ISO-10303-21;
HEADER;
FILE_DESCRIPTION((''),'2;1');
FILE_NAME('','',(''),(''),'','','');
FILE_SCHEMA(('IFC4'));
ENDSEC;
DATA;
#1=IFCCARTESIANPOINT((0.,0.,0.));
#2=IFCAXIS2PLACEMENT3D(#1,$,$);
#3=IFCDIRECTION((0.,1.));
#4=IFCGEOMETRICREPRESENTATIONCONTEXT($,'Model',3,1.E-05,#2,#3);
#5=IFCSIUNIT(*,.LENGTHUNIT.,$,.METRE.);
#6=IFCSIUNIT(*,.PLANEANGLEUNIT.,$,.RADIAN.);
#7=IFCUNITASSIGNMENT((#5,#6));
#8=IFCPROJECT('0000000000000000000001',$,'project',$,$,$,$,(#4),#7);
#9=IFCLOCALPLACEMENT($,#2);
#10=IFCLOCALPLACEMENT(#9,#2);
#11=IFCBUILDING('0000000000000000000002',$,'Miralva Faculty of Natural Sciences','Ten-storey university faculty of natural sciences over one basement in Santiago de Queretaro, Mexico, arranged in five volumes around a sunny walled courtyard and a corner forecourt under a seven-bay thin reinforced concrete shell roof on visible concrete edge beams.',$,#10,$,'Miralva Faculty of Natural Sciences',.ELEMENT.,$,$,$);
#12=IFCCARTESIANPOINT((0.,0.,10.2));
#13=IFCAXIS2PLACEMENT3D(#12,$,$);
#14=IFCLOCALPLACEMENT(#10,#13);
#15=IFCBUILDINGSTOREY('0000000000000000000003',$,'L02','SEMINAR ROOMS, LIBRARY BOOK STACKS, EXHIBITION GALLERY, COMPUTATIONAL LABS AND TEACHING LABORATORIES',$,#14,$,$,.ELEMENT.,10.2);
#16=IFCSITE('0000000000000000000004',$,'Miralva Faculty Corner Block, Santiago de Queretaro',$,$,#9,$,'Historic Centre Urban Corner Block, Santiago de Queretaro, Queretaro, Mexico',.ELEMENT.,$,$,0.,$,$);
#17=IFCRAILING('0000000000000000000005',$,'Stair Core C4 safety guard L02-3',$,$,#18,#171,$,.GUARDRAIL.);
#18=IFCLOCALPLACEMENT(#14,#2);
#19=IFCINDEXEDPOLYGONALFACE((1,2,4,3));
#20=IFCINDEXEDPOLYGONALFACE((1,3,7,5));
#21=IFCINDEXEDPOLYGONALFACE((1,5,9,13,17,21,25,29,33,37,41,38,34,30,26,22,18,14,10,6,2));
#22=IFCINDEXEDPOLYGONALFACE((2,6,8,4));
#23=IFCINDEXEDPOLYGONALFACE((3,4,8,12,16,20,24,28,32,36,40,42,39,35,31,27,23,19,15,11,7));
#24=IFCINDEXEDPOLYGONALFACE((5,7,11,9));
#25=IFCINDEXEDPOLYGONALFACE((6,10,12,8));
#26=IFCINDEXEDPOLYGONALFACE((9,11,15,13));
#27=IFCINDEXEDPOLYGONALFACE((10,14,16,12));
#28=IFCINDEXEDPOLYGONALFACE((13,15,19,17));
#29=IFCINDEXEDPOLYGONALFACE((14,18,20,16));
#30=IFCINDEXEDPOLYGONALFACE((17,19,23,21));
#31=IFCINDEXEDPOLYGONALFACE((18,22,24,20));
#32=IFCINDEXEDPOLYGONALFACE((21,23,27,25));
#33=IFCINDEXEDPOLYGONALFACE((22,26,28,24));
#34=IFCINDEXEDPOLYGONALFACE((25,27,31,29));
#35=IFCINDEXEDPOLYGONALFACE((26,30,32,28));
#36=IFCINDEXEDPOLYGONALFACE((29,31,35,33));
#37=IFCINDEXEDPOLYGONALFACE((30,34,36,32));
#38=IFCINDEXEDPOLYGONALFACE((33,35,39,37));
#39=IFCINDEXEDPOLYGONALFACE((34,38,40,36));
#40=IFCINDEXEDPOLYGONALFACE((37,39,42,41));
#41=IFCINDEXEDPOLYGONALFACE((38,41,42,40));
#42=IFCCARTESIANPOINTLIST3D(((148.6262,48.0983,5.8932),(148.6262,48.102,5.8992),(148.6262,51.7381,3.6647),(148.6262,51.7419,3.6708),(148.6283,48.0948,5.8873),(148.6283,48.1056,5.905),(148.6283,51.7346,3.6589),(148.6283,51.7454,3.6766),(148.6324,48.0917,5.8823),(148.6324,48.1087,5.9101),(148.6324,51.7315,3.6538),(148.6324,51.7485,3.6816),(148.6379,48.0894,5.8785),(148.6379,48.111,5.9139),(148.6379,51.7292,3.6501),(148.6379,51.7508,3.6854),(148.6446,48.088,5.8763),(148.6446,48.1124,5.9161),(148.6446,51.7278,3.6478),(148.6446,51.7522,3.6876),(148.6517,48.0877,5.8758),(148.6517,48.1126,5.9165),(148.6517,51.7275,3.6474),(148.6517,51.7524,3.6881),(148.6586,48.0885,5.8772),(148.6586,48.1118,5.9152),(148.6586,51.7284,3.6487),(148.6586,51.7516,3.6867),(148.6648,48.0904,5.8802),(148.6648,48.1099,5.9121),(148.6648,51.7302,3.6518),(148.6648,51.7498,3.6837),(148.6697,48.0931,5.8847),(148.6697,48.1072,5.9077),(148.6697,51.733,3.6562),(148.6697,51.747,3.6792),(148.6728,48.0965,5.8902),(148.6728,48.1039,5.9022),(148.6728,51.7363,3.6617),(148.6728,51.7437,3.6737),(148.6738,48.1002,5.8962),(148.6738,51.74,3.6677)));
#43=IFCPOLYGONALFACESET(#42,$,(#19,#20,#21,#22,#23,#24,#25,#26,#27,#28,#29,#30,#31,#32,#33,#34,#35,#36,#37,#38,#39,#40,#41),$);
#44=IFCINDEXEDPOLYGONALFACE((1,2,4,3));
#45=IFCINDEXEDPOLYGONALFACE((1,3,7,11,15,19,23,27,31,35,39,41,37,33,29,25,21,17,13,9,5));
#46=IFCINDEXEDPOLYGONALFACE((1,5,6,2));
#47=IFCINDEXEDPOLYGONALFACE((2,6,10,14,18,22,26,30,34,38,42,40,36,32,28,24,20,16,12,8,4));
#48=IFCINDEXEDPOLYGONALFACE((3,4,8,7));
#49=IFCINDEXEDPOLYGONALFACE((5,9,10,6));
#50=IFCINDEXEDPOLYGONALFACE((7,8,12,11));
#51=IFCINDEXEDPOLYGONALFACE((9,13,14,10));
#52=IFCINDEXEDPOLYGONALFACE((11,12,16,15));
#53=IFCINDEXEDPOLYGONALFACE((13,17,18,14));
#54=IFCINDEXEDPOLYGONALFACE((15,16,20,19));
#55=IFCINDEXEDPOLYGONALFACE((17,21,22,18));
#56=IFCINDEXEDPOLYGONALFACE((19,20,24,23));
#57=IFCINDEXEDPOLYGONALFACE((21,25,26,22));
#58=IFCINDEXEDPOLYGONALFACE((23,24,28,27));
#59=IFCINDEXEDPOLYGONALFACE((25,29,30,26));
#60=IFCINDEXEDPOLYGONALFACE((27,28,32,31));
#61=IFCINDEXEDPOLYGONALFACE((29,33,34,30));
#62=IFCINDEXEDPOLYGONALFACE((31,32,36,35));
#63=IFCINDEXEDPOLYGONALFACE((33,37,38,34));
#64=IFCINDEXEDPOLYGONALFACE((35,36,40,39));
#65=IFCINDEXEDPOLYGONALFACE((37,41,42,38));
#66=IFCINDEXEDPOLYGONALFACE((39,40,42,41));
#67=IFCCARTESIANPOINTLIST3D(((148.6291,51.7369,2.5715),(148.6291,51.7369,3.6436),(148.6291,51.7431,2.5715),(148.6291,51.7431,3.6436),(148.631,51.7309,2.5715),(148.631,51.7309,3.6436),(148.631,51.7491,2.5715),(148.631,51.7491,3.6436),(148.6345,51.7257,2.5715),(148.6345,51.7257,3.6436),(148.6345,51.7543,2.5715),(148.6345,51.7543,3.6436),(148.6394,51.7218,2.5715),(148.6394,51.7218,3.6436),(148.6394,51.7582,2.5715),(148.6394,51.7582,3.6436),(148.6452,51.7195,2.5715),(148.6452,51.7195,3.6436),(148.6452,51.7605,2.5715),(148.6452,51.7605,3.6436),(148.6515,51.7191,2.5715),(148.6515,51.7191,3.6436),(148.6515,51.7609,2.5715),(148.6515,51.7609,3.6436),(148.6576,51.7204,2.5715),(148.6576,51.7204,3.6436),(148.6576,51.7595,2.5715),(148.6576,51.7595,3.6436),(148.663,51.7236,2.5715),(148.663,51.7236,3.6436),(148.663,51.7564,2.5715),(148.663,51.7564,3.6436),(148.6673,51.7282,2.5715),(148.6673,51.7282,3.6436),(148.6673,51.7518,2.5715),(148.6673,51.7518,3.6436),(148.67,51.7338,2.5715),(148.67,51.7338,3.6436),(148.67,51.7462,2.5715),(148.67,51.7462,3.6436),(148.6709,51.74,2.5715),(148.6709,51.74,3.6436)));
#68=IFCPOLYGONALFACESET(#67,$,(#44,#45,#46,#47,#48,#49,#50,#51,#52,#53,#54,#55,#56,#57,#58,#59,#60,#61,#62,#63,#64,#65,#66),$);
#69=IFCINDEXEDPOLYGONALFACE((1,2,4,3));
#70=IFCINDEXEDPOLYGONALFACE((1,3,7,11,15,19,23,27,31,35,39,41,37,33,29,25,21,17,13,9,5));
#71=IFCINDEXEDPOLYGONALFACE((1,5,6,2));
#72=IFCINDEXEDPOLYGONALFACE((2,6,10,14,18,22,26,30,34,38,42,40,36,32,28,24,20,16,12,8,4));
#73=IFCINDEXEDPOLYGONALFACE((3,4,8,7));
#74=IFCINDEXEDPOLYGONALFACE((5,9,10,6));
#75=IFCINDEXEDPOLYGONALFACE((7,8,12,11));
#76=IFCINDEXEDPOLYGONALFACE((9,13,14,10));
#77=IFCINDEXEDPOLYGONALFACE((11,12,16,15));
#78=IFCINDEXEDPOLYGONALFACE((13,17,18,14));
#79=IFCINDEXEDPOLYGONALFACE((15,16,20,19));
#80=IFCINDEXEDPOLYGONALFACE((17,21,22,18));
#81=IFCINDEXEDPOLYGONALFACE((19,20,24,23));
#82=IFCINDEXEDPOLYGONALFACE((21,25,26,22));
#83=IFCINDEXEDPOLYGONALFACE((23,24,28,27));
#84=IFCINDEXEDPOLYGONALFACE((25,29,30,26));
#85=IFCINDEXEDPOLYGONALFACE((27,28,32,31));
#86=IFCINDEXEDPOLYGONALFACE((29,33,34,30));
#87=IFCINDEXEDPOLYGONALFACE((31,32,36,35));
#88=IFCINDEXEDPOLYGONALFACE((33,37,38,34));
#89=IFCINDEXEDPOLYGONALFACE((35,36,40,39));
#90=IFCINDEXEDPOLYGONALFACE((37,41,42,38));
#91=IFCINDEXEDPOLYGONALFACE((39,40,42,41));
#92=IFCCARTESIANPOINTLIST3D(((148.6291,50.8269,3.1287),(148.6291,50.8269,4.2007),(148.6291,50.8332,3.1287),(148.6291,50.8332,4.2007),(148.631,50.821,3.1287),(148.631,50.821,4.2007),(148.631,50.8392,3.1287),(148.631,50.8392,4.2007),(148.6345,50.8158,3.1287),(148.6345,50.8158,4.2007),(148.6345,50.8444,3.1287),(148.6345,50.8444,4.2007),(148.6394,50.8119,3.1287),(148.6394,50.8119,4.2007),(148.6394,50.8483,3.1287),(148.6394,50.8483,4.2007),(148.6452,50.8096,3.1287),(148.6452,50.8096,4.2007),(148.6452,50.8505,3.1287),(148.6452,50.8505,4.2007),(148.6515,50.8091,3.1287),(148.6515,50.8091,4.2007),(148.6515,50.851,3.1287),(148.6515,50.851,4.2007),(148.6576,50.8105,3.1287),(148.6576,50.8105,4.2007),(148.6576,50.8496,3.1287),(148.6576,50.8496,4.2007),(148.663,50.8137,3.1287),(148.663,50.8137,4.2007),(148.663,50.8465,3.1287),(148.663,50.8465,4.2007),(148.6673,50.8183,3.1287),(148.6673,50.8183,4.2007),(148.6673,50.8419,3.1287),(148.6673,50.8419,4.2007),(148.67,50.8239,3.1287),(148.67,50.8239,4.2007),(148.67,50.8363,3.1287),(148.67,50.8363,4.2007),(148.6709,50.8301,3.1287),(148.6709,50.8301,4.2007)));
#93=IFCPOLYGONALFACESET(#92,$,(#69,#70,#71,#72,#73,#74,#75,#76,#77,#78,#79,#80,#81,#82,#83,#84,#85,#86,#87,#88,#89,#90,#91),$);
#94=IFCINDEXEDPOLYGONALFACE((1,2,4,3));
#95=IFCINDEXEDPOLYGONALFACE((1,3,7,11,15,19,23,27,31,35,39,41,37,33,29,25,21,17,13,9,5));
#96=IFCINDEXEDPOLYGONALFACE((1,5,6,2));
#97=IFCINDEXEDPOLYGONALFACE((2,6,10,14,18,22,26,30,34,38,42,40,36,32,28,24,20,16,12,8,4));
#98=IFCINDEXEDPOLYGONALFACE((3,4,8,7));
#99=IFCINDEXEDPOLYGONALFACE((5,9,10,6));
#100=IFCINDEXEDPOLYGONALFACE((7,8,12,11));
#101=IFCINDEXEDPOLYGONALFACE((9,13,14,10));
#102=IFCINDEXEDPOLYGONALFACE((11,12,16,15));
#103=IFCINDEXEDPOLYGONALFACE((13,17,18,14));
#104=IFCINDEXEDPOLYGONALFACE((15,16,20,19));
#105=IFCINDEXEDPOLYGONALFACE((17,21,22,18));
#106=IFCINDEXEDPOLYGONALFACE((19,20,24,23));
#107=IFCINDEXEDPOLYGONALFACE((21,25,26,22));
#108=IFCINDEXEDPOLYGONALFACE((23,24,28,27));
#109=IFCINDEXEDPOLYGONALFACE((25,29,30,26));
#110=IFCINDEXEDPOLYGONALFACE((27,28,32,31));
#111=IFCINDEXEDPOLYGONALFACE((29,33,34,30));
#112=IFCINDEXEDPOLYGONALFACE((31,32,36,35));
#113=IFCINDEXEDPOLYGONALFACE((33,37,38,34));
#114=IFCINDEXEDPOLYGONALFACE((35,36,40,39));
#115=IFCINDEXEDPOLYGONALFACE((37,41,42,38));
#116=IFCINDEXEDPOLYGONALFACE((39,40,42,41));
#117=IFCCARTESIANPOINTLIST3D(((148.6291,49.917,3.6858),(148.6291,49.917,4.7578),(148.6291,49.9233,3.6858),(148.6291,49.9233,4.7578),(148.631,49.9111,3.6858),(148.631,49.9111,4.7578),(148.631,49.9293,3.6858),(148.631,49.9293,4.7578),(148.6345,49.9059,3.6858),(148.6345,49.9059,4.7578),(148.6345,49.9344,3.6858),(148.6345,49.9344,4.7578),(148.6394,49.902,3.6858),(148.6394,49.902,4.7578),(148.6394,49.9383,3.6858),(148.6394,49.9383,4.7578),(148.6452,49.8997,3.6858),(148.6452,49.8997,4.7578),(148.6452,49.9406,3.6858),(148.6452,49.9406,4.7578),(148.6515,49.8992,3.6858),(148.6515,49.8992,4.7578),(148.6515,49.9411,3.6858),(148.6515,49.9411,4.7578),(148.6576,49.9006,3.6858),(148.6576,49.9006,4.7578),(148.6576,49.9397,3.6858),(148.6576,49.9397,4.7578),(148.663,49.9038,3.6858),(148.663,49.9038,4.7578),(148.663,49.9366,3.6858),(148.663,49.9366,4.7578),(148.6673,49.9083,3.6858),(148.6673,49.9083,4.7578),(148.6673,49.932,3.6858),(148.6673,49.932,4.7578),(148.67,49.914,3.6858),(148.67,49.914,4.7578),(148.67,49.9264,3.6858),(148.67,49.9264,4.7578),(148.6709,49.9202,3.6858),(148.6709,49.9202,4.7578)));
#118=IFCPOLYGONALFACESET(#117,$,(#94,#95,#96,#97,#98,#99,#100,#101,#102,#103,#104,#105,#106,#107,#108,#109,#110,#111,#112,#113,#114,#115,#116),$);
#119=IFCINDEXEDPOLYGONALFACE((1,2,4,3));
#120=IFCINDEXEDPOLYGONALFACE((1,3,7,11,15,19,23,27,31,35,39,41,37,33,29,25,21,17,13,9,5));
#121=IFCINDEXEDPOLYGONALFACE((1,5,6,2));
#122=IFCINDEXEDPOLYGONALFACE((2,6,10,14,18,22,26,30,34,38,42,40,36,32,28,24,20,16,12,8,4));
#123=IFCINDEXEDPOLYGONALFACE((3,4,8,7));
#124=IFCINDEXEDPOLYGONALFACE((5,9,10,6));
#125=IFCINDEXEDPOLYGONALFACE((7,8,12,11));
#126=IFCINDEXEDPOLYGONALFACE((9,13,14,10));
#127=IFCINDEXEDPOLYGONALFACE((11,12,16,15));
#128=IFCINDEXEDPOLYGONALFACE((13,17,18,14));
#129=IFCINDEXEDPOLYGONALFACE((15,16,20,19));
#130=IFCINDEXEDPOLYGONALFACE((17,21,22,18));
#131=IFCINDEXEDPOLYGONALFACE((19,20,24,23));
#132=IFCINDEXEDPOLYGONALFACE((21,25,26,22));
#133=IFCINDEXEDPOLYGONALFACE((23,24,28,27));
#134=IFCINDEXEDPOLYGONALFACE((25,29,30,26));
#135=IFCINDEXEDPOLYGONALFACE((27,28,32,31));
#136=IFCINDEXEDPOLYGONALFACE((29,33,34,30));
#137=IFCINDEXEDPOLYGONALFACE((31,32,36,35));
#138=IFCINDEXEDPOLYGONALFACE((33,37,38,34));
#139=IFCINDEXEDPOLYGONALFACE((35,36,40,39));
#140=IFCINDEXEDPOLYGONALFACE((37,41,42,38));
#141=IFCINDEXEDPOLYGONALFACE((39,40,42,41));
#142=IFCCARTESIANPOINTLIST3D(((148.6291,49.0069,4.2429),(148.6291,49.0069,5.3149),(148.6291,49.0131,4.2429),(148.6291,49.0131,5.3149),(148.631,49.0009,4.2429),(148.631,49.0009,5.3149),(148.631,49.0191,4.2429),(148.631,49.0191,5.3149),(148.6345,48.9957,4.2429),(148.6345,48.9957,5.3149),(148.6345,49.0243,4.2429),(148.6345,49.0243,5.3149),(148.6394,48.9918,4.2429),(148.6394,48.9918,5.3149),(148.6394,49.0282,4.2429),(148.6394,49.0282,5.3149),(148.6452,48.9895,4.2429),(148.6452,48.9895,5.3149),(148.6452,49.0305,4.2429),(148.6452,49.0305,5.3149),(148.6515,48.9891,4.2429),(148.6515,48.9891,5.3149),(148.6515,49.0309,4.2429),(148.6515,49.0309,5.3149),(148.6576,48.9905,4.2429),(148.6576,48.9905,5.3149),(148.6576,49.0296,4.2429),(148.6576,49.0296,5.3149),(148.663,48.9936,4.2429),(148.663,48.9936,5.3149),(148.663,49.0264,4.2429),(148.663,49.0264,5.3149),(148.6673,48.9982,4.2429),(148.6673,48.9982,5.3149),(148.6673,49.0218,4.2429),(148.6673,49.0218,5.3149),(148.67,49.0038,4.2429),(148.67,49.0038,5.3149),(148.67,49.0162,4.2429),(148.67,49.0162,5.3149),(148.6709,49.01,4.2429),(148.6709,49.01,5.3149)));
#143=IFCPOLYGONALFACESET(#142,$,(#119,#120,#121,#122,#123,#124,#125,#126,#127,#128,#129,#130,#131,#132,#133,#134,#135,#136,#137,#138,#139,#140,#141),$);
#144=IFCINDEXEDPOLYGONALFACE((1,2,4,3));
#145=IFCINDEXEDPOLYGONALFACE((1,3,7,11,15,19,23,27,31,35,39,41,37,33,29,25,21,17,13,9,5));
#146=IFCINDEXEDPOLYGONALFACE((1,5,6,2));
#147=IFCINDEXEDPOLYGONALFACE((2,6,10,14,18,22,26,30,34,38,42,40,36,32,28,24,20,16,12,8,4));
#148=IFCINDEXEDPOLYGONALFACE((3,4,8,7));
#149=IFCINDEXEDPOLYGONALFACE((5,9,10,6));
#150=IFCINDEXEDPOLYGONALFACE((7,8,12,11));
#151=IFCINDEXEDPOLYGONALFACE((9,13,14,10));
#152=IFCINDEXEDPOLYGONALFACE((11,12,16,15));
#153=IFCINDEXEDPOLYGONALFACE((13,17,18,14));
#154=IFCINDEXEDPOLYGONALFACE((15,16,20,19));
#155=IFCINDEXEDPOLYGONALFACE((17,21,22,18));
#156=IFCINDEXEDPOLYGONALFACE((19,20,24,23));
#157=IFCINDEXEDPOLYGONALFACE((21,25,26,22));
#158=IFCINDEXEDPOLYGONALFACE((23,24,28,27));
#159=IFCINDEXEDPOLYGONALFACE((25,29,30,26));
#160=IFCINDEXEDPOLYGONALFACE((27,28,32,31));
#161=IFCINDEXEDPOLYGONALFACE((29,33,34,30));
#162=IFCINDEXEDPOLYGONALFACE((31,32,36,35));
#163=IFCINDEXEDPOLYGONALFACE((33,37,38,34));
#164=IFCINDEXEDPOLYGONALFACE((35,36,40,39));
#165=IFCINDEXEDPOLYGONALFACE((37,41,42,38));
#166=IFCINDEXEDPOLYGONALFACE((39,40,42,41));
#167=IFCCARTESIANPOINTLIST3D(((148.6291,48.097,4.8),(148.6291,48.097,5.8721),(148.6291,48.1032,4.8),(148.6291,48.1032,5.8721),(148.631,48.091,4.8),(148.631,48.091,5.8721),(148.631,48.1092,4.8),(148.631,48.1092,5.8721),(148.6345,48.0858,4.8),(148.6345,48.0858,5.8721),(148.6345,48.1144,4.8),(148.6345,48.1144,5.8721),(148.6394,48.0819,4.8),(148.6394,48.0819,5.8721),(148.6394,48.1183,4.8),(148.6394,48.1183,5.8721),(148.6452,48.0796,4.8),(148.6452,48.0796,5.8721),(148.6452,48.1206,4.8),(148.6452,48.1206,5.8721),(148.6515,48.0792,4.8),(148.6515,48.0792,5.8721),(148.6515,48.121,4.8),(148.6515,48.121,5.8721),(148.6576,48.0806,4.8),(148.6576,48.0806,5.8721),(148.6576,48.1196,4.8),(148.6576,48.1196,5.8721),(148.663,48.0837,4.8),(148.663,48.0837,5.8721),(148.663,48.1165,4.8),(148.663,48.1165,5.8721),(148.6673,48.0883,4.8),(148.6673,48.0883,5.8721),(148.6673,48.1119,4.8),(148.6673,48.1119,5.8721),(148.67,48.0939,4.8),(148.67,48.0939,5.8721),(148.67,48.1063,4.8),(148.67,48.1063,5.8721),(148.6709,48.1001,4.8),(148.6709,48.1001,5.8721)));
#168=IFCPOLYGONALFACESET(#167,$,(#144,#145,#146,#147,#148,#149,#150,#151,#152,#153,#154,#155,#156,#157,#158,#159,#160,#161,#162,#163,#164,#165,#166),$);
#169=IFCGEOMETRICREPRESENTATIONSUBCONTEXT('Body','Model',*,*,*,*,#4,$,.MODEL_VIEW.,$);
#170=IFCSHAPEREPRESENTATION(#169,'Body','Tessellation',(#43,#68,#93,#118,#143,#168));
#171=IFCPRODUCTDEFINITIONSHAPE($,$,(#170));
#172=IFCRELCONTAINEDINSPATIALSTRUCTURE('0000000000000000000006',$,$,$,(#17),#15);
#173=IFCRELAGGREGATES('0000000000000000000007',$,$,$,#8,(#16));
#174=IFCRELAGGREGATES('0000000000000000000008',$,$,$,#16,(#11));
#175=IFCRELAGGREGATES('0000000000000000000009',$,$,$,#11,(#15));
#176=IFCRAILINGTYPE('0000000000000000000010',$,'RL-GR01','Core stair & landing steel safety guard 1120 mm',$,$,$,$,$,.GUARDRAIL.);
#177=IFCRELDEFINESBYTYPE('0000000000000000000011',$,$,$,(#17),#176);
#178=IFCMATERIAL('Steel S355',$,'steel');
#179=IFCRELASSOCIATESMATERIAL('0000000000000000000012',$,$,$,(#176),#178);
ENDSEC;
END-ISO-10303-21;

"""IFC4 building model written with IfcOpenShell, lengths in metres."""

from ifc_helpers import new_model, si_unit, direction, frame, origin, origin_2d, place, context, subcontext, project, spatial, circle, extrude, material, type_object, element, save


model = new_model("IFC4")

# Units and contexts
model_context = context("Model", 3, precision=1e-05, world=origin(), true_north=direction((0.0, 1.0)))
body_context = subcontext(model_context, "Body", "Model", "MODEL_VIEW")
ifc_project = project(units=[si_unit("LENGTHUNIT", "METRE"), si_unit("PLANEANGLEUNIT", "RADIAN")], contexts=[model_context])

# Site, building, storey
site_placement = place(None, origin())
site = spatial("IfcSite", under=ifc_project, at=site_placement, Name="Miralva Faculty Corner Block, Santiago de Queretaro", LongName="Historic Centre Urban Corner Block, Santiago de Queretaro, Queretaro, Mexico", CompositionType="ELEMENT", RefElevation=0.0)
building_placement = place(site_placement, origin())
building = spatial("IfcBuilding", under=site, at=building_placement, Name="Miralva Faculty of Natural Sciences", Description="Ten-storey university faculty of natural sciences over one basement in Santiago de Queretaro, Mexico, arranged in five volumes around a sunny walled courtyard and a corner forecourt under a seven-bay thin reinforced concrete shell roof on visible concrete edge beams.", LongName="Miralva Faculty of Natural Sciences", CompositionType="ELEMENT")
storey_placement = place(building_placement, frame((0.0, 0.0, 10.2)))
storey = spatial("IfcBuildingStorey", under=building, at=storey_placement, Name="L02", Description="SEMINAR ROOMS, LIBRARY BOOK STACKS, EXHIBITION GALLERY, COMPUTATIONAL LABS AND TEACHING LABORATORIES", CompositionType="ELEMENT", Elevation=10.2)

# Railing
ifc_material_1 = material(Name="Steel S355", Category="steel")
railing_type_1 = type_object("IfcRailingType", Name="RL-GR01", Description="Core stair & landing steel safety guard 1120 mm", PredefinedType="GUARDRAIL", material=ifc_material_1)
railing_1_placement = place(storey_placement, frame((148.6499, 51.74, 2.5715)))
element("IfcRailing", 1, at=railing_1_placement, inside=storey, type_object=railing_type_1, Name="Stair Core C4 safety guard L02-3", PredefinedType="GUARDRAIL", context=body_context, shape_type="SweptSolid", body=[
    extrude(circle(Radius=0.0239, at=origin_2d()), frame((0.0, 0.0, 1.0962), z_axis=(0.0, -0.85285, 0.522156), x_axis=(1.0, 0.0, 0.0)), (0.0, 0.0, 1.0), 4.2678),
    extrude(circle(Radius=0.021, at=origin_2d()), origin(), (0.0, 0.0, 1.0), 1.072),
    extrude(circle(Radius=0.021, at=origin_2d()), frame((0.0, -0.9099, 0.5571)), (0.0, 0.0, 1.0), 1.072),
    extrude(circle(Radius=0.021, at=origin_2d()), frame((0.0, -1.8198, 1.1143)), (0.0, 0.0, 1.0), 1.072),
    extrude(circle(Radius=0.021, at=origin_2d()), frame((0.0, -2.73, 1.6714)), (0.0, 0.0, 1.0), 1.072),
    extrude(circle(Radius=0.021, at=origin_2d()), frame((0.0, -3.6399, 2.2285)), (0.0, 0.0, 1.0), 1.072),
])

save(model, "model.ifc")
